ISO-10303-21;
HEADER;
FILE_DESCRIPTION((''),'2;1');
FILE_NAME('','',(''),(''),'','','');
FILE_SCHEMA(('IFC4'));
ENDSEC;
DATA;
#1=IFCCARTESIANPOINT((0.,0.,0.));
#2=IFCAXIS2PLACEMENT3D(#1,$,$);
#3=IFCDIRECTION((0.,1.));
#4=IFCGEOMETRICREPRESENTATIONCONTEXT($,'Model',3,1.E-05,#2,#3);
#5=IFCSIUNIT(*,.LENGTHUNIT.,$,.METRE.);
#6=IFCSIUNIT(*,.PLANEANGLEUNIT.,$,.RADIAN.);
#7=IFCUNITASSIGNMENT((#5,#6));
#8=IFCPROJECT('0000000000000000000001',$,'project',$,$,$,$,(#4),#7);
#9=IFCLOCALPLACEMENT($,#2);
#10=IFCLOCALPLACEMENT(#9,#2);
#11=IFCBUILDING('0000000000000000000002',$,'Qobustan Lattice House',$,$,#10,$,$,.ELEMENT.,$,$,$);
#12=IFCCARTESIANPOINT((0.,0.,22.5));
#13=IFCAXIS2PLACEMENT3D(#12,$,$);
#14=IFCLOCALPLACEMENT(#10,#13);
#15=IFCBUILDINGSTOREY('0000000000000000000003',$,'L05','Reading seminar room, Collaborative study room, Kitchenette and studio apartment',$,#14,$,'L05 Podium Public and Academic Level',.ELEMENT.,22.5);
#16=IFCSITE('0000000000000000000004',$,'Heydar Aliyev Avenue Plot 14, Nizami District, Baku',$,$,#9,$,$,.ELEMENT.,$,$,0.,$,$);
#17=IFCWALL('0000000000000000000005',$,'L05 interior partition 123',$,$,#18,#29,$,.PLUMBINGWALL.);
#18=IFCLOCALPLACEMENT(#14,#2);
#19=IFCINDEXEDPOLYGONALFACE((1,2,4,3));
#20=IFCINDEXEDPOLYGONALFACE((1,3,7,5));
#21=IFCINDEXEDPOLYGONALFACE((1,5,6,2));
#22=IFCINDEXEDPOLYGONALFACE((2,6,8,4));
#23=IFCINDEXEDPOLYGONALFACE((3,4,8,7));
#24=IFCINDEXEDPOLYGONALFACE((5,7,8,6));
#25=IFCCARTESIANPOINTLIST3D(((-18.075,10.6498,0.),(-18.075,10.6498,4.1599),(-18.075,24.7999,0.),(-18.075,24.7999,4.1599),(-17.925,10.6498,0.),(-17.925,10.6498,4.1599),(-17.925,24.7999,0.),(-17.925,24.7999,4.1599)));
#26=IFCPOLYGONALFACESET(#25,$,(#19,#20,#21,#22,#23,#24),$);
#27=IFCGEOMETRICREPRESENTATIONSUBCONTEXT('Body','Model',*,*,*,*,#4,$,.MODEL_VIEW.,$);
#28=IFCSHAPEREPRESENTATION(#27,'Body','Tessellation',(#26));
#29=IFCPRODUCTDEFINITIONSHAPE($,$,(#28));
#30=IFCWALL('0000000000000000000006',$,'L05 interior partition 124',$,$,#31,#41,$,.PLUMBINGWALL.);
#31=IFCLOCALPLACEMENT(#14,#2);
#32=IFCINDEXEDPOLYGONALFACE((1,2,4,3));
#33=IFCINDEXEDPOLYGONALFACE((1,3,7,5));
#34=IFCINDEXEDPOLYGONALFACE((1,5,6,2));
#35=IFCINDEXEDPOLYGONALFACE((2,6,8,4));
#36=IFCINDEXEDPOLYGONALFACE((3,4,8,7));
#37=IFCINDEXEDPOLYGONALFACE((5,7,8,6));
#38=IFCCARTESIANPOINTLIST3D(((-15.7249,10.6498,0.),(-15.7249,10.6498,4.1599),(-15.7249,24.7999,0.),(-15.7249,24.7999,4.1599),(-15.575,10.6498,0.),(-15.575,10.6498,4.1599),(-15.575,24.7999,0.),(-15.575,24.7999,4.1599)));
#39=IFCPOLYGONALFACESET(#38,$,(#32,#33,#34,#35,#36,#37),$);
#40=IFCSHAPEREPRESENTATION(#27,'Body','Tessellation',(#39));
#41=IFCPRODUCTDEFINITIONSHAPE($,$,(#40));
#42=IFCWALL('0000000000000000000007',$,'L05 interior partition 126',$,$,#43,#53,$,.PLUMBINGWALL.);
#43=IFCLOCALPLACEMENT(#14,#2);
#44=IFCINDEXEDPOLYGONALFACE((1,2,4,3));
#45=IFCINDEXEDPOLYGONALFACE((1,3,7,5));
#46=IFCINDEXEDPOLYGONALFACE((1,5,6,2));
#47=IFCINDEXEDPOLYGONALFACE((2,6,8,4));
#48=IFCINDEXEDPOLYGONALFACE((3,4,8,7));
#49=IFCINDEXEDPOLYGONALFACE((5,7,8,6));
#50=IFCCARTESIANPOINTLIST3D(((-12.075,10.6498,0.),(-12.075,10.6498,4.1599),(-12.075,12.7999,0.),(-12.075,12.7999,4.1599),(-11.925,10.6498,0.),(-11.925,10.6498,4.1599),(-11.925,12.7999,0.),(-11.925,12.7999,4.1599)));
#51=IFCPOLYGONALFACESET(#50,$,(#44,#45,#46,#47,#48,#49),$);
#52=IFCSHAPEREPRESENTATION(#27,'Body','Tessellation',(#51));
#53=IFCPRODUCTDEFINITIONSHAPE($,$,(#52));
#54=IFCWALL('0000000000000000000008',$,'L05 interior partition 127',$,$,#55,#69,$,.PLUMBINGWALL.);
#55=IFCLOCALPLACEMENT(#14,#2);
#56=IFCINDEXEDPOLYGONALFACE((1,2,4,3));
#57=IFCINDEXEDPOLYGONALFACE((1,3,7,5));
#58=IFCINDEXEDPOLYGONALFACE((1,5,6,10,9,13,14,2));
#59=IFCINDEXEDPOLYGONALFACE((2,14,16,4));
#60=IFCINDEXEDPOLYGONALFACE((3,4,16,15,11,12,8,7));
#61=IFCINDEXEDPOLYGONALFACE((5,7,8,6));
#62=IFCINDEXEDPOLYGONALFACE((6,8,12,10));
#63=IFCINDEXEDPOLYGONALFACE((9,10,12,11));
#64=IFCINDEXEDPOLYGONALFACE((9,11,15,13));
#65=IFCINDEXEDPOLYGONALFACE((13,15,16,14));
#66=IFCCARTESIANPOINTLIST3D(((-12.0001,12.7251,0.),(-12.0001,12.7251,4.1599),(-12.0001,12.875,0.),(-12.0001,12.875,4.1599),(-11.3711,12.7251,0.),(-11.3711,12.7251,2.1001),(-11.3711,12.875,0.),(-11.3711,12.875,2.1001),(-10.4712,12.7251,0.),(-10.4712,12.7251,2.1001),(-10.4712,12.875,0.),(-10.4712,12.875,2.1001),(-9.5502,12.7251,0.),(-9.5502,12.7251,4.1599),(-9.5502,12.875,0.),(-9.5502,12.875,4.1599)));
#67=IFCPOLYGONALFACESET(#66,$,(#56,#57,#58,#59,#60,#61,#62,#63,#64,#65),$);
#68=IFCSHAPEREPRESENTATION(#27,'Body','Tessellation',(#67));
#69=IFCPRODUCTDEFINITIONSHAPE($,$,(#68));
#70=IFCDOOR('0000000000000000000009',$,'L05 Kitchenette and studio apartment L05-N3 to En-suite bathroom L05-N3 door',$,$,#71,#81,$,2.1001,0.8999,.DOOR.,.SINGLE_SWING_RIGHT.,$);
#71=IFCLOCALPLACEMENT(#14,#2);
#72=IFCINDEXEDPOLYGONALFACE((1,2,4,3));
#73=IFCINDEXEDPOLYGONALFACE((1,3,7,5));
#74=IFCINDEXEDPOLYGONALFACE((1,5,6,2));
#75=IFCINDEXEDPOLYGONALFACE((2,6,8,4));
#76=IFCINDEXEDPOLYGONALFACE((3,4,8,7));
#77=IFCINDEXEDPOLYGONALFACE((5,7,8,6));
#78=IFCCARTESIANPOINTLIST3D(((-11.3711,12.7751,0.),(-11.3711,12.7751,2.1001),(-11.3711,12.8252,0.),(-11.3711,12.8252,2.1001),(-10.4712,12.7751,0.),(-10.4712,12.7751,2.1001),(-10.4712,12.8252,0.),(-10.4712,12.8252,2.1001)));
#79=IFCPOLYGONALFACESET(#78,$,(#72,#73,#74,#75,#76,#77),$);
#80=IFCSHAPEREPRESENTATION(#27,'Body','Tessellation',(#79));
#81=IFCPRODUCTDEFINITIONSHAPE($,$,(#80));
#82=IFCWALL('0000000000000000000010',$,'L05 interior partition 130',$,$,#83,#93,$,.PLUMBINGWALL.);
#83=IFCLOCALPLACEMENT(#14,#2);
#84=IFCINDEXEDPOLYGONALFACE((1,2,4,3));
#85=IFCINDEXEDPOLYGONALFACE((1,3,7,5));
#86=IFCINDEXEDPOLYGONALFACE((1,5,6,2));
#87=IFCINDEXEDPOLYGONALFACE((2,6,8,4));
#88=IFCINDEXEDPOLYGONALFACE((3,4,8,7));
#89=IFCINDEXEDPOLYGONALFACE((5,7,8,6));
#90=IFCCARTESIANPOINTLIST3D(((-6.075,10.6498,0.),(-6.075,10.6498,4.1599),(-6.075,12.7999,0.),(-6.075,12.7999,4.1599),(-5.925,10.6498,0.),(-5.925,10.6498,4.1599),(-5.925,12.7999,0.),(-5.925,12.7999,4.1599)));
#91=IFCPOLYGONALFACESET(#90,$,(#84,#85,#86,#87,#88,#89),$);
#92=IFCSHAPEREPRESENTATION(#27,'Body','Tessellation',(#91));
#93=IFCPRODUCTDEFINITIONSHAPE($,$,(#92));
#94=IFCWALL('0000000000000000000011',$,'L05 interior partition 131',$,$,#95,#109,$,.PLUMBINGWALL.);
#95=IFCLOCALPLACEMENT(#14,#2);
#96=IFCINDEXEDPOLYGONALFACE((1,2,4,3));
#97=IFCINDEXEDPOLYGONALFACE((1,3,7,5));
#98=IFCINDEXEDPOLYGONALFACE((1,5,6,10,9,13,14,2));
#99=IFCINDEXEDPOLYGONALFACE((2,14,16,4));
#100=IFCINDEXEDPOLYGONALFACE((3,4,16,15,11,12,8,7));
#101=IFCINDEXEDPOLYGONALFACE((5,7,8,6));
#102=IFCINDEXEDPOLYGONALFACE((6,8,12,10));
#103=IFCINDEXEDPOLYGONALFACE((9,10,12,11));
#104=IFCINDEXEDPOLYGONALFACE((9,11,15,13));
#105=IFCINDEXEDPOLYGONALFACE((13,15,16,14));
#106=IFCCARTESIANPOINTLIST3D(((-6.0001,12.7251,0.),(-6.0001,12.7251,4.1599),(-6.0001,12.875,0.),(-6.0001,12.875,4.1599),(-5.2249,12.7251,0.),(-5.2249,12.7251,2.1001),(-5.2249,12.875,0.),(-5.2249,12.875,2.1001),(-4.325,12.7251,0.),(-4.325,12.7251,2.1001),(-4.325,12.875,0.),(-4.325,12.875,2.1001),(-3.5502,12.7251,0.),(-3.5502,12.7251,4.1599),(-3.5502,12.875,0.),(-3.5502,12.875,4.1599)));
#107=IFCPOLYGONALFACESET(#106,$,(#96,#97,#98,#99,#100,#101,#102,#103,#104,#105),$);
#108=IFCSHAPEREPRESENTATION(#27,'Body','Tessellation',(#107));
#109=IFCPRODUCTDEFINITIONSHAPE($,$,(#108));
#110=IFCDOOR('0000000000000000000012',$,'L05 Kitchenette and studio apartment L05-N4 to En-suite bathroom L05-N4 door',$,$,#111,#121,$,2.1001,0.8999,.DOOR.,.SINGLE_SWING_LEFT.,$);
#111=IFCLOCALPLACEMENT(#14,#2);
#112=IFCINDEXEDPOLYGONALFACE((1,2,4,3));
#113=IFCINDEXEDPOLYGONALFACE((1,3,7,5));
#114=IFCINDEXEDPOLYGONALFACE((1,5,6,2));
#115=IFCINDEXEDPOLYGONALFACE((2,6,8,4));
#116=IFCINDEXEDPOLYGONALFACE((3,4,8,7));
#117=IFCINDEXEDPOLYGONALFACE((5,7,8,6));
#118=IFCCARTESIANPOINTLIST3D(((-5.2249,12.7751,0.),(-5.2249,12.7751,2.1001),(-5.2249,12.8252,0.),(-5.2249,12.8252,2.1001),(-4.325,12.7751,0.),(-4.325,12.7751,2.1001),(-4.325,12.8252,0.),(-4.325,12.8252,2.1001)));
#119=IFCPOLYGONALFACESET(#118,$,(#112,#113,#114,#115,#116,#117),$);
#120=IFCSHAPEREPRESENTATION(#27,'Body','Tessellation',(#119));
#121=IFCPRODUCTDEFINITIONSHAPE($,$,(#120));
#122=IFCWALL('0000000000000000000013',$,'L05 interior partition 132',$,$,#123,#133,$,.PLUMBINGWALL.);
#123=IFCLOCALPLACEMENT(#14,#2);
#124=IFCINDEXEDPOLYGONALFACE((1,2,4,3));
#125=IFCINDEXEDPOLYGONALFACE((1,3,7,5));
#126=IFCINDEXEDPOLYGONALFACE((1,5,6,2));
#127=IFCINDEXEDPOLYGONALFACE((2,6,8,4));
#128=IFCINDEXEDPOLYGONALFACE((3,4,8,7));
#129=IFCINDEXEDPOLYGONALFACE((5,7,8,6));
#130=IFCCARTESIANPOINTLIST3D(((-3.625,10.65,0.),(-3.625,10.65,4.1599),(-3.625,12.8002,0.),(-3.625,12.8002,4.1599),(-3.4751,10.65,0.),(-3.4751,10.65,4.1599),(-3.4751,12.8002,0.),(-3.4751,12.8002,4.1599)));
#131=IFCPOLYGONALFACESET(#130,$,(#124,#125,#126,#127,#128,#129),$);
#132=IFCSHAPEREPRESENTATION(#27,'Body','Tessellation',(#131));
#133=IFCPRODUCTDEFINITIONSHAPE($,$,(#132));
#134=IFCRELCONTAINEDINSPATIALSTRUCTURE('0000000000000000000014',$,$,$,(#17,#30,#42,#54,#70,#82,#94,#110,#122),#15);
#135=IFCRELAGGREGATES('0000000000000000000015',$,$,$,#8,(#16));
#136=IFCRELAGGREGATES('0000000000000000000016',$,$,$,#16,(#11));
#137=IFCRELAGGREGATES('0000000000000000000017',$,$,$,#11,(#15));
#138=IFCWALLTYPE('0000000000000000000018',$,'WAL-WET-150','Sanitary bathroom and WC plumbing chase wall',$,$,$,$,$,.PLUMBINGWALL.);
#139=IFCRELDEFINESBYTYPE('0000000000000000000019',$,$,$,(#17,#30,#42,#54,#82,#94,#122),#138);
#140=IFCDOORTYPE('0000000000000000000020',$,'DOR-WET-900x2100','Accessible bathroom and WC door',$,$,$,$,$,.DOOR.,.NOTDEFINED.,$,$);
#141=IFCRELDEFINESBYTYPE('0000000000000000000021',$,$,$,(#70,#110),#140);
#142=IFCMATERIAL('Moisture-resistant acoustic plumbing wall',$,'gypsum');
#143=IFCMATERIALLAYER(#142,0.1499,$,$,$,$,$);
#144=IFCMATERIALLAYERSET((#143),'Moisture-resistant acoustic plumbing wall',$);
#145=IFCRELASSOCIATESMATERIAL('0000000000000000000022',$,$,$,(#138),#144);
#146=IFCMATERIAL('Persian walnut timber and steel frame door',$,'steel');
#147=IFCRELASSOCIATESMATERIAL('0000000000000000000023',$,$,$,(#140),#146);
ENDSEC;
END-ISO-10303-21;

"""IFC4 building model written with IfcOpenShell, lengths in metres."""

from ifc_helpers import new_model, si_unit, direction, frame, frame_2d, origin, place, context, subcontext, project, spatial, rectangle, extrude, material, layer, layer_set, type_object, element, fill, save


model = new_model("IFC4")

# Units and contexts
model_context = context("Model", 3, precision=1e-05, world=origin(), true_north=direction((0.0, 1.0)))
body_context = subcontext(model_context, "Body", "Model", "MODEL_VIEW")
ifc_project = project(units=[si_unit("LENGTHUNIT", "METRE"), si_unit("PLANEANGLEUNIT", "RADIAN")], contexts=[model_context])

# Site, building, storey
site_placement = place(None, origin())
site = spatial("IfcSite", under=ifc_project, at=site_placement, Name="Heydar Aliyev Avenue Plot 14, Nizami District, Baku", CompositionType="ELEMENT", RefElevation=0.0)
building_placement = place(site_placement, origin())
building = spatial("IfcBuilding", under=site, at=building_placement, Name="Qobustan Lattice House", CompositionType="ELEMENT")
storey_placement = place(building_placement, frame((0.0, 0.0, 22.5)))
storey = spatial("IfcBuildingStorey", under=building, at=storey_placement, Name="L05", Description="Reading seminar room, Collaborative study room, Kitchenette and studio apartment", LongName="L05 Podium Public and Academic Level", CompositionType="ELEMENT", Elevation=22.5)

# Walls
ifc_material_1 = material(Name="Moisture-resistant acoustic plumbing wall", Category="gypsum")
ifc_layer_1 = layer(ifc_material_1, 0.1499)
ifc_layer_set_1 = layer_set([ifc_layer_1], Name="Moisture-resistant acoustic plumbing wall")
wall_type_1 = type_object("IfcWallType", Name="WAL-WET-150", Description="Sanitary bathroom and WC plumbing chase wall", PredefinedType="PLUMBINGWALL", material=ifc_layer_set_1)
for number, where, z_axis, x_axis, name in (
    (1, (-18.0, 24.8, 0.0), (0.0, 0.0, 1.0), (0.0, -1.0, 0.0), "L05 interior partition 123"),
    (2, (-15.6499, 24.8, 0.0), (0.0, 0.0, 1.0), (0.0, -1.0, 0.0), "L05 interior partition 124"),
):
    element("IfcWall", number, at=place(storey_placement, frame(where, z_axis=z_axis, x_axis=x_axis)), inside=storey, type_object=wall_type_1, Name=name, PredefinedType="PLUMBINGWALL", context=body_context, shape_type="SweptSolid", body=[
        extrude(rectangle(XDim=14.1501, YDim=0.1499, at=frame_2d((7.0752, 0.0))), origin(), (0.0, 0.0, 1.0), 4.1599),
    ])
wall_1_placement = place(storey_placement, frame((-12.0, 12.8, 0.0), z_axis=(0.0, 0.0, 1.0), x_axis=(0.0, -1.0, 0.0)))
element("IfcWall", 3, at=wall_1_placement, inside=storey, type_object=wall_type_1, Name="L05 interior partition 126", PredefinedType="PLUMBINGWALL", context=body_context, shape_type="SweptSolid", body=[
    extrude(rectangle(XDim=2.1501, YDim=0.1499, at=frame_2d((1.0752, 0.0))), origin(), (0.0, 0.0, 1.0), 4.1599),
])

# Wall, opening, door
wall_2_placement = place(storey_placement, frame((-9.55, 12.8, 0.0), z_axis=(0.0, 0.0, 1.0), x_axis=(-1.0, 0.0, 0.0)))
wall_2 = element("IfcWall", 4, at=wall_2_placement, inside=storey, type_object=wall_type_1, Name="L05 interior partition 127", PredefinedType="PLUMBINGWALL", context=body_context, shape_type="SweptSolid", body=[
    extrude(rectangle(XDim=2.45, YDim=0.1499, at=frame_2d((1.2251, 0.0))), origin(), (0.0, 0.0, 1.0), 4.1599),
])
opening_1_placement = place(wall_2_placement, frame((0.9211, 0.0, 0.0)))
opening_1 = element("IfcOpeningElement", 5, at=opening_1_placement, cuts=wall_2, PredefinedType="OPENING", context=body_context, shape_type="SweptSolid", body=[
    extrude(rectangle(XDim=0.8999, YDim=2.1001, at=frame_2d((0.45, 1.05))), frame((0.0, 0.085, 0.0), z_axis=(0.0, -1.0, 0.0), x_axis=(1.0, 0.0, 0.0)), (0.0, 0.0, 1.0), 0.1699),
])
ifc_material_2 = material(Name="Persian walnut timber and steel frame door", Category="steel")
door_type_1 = type_object("IfcDoorType", Name="DOR-WET-900x2100", Description="Accessible bathroom and WC door", OperationType="NOTDEFINED", PredefinedType="DOOR", material=ifc_material_2)
door_1_placement = place(opening_1_placement, origin())
door_1 = element("IfcDoor", 6, at=door_1_placement, inside=storey, type_object=door_type_1, Name="L05 Kitchenette and studio apartment L05-N3 to En-suite bathroom L05-N3 door", OperationType="SINGLE_SWING_RIGHT", OverallHeight=2.1001, OverallWidth=0.8999, PredefinedType="DOOR", context=body_context, shape_type="SweptSolid", body=[
    extrude(rectangle(XDim=0.8999, YDim=2.1001, at=frame_2d((0.45, 1.05))), frame((0.0, 0.0249, 0.0), z_axis=(0.0, -1.0, 0.0), x_axis=(1.0, 0.0, 0.0)), (0.0, 0.0, 1.0), 0.05),
])
fill(opening_1, door_1)

# Wall
wall_3_placement = place(storey_placement, frame((-6.0, 12.8, 0.0), z_axis=(0.0, 0.0, 1.0), x_axis=(0.0, -1.0, 0.0)))
element("IfcWall", 7, at=wall_3_placement, inside=storey, type_object=wall_type_1, Name="L05 interior partition 130", PredefinedType="PLUMBINGWALL", context=body_context, shape_type="SweptSolid", body=[
    extrude(rectangle(XDim=2.1501, YDim=0.1499, at=frame_2d((1.0752, 0.0))), origin(), (0.0, 0.0, 1.0), 4.1599),
])

# Wall, opening, door
wall_4_placement = place(storey_placement, frame((-3.55, 12.8, 0.0), z_axis=(0.0, 0.0, 1.0), x_axis=(-1.0, 0.0, 0.0)))
wall_4 = element("IfcWall", 8, at=wall_4_placement, inside=storey, type_object=wall_type_1, Name="L05 interior partition 131", PredefinedType="PLUMBINGWALL", context=body_context, shape_type="SweptSolid", body=[
    extrude(rectangle(XDim=2.45, YDim=0.1499, at=frame_2d((1.2251, 0.0))), origin(), (0.0, 0.0, 1.0), 4.1599),
])
opening_2_placement = place(wall_4_placement, frame((0.7749, 0.0, 0.0)))
opening_2 = element("IfcOpeningElement", 9, at=opening_2_placement, cuts=wall_4, PredefinedType="OPENING", context=body_context, shape_type="SweptSolid", body=[
    extrude(rectangle(XDim=0.8999, YDim=2.1001, at=frame_2d((0.45, 1.05))), frame((0.0, 0.085, 0.0), z_axis=(0.0, -1.0, 0.0), x_axis=(1.0, 0.0, 0.0)), (0.0, 0.0, 1.0), 0.1699),
])
door_2_placement = place(opening_2_placement, origin())
door_2 = element("IfcDoor", 10, at=door_2_placement, inside=storey, type_object=door_type_1, Name="L05 Kitchenette and studio apartment L05-N4 to En-suite bathroom L05-N4 door", OperationType="SINGLE_SWING_LEFT", OverallHeight=2.1001, OverallWidth=0.8999, PredefinedType="DOOR", context=body_context, shape_type="SweptSolid", body=[
    extrude(rectangle(XDim=0.8999, YDim=2.1001, at=frame_2d((0.45, 1.05))), frame((0.0, 0.0249, 0.0), z_axis=(0.0, -1.0, 0.0), x_axis=(1.0, 0.0, 0.0)), (0.0, 0.0, 1.0), 0.05),
])
fill(opening_2, door_2)

# Wall
wall_5_placement = place(storey_placement, frame((-3.55, 10.6499, 0.0), z_axis=(0.0, 0.0, 1.0), x_axis=(0.0, 1.0, 0.0)))
element("IfcWall", 11, at=wall_5_placement, inside=storey, type_object=wall_type_1, Name="L05 interior partition 132", PredefinedType="PLUMBINGWALL", context=body_context, shape_type="SweptSolid", body=[
    extrude(rectangle(XDim=2.1501, YDim=0.1499, at=frame_2d((1.0752, 0.0))), origin(), (0.0, 0.0, 1.0), 4.1599),
])

save(model, "model.ifc")
